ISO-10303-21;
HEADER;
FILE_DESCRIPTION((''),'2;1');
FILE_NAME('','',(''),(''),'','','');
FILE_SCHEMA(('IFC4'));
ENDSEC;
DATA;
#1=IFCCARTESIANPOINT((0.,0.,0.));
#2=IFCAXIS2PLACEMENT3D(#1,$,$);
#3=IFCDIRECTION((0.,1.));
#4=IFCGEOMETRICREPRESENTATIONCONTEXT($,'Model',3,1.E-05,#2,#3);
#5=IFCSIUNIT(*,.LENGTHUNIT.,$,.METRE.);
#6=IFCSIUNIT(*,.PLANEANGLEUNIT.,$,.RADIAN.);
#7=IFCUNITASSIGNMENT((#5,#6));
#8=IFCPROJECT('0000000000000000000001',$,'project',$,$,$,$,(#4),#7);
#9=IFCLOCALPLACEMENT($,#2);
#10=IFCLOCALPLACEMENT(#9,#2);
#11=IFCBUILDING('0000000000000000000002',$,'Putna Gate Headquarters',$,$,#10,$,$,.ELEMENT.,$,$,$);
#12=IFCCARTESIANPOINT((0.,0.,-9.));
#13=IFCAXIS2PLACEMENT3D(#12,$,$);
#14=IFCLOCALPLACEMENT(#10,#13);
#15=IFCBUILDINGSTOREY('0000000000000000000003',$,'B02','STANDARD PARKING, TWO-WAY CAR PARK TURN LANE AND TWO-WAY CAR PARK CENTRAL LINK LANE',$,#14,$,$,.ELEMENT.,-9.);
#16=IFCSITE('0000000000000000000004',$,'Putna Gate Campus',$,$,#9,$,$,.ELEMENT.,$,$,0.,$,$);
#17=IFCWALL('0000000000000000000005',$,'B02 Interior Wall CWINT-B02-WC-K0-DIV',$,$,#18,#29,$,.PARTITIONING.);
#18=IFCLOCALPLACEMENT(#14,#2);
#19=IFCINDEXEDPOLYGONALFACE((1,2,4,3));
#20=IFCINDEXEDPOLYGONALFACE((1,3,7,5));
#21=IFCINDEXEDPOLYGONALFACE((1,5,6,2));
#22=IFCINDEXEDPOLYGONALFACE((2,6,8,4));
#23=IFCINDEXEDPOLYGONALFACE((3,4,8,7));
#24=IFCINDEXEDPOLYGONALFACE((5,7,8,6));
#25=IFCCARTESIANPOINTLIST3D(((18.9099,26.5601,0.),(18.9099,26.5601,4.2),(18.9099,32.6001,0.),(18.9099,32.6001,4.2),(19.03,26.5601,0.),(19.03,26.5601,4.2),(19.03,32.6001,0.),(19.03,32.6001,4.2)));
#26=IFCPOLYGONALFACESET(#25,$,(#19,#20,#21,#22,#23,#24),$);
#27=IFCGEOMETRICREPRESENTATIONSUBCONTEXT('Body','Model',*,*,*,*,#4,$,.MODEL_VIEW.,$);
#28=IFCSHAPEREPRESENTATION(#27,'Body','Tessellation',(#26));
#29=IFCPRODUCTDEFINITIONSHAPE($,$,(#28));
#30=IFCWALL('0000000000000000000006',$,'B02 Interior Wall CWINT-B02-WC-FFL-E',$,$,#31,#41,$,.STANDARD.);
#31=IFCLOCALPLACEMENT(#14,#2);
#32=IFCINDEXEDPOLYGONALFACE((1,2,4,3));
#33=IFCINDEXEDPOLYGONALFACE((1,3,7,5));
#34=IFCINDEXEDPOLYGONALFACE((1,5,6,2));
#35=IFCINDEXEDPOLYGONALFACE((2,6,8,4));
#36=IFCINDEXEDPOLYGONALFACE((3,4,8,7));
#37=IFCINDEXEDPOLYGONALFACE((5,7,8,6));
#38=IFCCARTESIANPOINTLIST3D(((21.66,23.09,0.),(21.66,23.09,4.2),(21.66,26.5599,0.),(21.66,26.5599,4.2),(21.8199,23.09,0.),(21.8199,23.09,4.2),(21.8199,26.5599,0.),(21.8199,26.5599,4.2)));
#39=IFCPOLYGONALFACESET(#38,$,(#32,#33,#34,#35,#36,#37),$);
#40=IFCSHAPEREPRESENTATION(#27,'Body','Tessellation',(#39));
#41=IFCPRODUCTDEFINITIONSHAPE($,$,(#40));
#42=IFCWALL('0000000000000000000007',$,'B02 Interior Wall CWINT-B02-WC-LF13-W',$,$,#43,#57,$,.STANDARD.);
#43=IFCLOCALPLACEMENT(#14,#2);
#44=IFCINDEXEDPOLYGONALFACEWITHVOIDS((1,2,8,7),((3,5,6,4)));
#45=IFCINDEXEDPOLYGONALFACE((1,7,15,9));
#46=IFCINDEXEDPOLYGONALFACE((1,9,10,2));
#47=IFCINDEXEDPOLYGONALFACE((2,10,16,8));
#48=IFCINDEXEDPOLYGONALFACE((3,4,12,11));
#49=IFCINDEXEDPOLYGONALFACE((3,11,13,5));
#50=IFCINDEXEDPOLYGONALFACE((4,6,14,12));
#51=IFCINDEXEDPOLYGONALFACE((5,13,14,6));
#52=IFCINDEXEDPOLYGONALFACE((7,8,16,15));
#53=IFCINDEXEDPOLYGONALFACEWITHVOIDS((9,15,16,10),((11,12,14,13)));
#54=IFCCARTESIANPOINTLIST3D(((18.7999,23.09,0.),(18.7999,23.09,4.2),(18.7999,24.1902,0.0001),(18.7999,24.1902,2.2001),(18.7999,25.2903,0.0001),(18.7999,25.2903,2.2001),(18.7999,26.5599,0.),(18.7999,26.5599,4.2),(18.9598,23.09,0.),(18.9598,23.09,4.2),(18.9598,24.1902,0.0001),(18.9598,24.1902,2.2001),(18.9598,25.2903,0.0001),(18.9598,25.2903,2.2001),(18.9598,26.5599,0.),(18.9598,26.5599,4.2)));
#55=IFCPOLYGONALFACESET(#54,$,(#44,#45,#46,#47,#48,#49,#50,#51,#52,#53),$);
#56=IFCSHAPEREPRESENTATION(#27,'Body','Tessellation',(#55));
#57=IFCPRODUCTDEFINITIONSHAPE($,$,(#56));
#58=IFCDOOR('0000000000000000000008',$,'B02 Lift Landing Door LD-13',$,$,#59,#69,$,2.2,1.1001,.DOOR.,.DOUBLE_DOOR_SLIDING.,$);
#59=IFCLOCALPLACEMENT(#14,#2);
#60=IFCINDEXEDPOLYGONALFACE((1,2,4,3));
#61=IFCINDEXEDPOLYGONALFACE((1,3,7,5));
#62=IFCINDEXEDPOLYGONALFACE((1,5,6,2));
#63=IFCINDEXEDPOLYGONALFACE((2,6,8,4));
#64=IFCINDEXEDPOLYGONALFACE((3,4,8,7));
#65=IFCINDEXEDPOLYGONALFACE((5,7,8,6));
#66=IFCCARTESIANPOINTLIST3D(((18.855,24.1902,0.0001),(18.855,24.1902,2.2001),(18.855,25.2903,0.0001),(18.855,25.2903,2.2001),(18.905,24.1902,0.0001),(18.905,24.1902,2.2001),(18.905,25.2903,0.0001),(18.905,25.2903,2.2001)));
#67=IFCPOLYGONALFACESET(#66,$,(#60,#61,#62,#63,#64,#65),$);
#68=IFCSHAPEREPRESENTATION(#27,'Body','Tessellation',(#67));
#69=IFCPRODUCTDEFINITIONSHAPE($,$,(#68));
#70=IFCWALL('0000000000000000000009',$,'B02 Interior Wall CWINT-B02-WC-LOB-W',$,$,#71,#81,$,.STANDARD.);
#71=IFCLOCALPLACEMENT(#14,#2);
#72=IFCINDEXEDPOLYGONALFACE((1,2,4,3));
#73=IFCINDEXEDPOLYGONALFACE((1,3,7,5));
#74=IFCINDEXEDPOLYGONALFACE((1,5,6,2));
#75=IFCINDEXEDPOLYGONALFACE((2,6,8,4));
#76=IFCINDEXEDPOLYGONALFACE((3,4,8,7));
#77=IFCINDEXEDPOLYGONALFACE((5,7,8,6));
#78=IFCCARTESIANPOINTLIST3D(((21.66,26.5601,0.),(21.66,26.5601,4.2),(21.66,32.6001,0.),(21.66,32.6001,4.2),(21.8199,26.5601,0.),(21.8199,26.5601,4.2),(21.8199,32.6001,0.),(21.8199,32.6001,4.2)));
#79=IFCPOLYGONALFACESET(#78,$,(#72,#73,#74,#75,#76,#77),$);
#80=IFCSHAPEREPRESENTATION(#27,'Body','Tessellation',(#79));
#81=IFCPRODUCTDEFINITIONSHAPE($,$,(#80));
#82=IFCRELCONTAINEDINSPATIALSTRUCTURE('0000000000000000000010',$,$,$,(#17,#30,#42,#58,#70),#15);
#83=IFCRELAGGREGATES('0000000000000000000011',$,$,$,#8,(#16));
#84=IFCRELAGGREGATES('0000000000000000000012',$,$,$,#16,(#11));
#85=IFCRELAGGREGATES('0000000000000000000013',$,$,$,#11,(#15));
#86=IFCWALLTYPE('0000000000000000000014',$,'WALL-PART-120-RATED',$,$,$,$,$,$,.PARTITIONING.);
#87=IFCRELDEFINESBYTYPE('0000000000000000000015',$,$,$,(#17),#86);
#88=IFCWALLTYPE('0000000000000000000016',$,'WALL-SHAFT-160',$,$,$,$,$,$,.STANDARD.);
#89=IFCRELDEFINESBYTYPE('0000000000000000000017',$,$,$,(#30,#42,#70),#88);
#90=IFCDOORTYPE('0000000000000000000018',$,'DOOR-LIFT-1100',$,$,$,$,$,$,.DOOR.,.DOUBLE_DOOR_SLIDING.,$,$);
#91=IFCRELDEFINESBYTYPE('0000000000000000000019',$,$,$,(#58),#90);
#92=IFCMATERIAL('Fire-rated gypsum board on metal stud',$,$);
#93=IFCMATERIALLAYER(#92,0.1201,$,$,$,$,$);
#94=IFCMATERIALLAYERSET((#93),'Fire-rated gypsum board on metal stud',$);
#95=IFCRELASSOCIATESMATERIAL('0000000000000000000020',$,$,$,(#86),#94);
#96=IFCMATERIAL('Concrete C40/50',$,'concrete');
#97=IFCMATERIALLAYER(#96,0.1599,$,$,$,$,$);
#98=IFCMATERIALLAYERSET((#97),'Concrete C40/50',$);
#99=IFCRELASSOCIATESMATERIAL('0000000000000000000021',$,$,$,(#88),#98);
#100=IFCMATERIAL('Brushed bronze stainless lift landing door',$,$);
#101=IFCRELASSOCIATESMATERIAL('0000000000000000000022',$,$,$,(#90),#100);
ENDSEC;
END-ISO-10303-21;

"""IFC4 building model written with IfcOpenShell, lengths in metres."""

from ifc_helpers import new_model, si_unit, direction, frame, frame_2d, origin, place, context, subcontext, project, spatial, rectangle, extrude, material, layer, layer_set, type_object, element, fill, save


model = new_model("IFC4")

# Units and contexts
model_context = context("Model", 3, precision=1e-05, world=origin(), true_north=direction((0.0, 1.0)))
body_context = subcontext(model_context, "Body", "Model", "MODEL_VIEW")
ifc_project = project(units=[si_unit("LENGTHUNIT", "METRE"), si_unit("PLANEANGLEUNIT", "RADIAN")], contexts=[model_context])

# Site, building, storey
site_placement = place(None, origin())
site = spatial("IfcSite", under=ifc_project, at=site_placement, Name="Putna Gate Campus", CompositionType="ELEMENT", RefElevation=0.0)
building_placement = place(site_placement, origin())
building = spatial("IfcBuilding", under=site, at=building_placement, Name="Putna Gate Headquarters", CompositionType="ELEMENT")
storey_placement = place(building_placement, frame((0.0, 0.0, -9.0)))
storey = spatial("IfcBuildingStorey", under=building, at=storey_placement, Name="B02", Description="STANDARD PARKING, TWO-WAY CAR PARK TURN LANE AND TWO-WAY CAR PARK CENTRAL LINK LANE", CompositionType="ELEMENT", Elevation=-9.0)

# Walls
ifc_material_1 = material(Name="Fire-rated gypsum board on metal stud")
ifc_layer_1 = layer(ifc_material_1, 0.1201)
ifc_layer_set_1 = layer_set([ifc_layer_1], Name="Fire-rated gypsum board on metal stud")
wall_type_1 = type_object("IfcWallType", Name="WALL-PART-120-RATED", PredefinedType="PARTITIONING", material=ifc_layer_set_1)
wall_1_placement = place(storey_placement, frame((18.97, 26.5601, 0.0), z_axis=(0.0, 0.0, 1.0), x_axis=(0.0, 1.0, 0.0)))
element("IfcWall", 1, at=wall_1_placement, inside=storey, type_object=wall_type_1, Name="B02 Interior Wall CWINT-B02-WC-K0-DIV", PredefinedType="PARTITIONING", context=body_context, shape_type="SweptSolid", body=[
    extrude(rectangle(XDim=6.04, YDim=0.1201, at=frame_2d((3.02, 0.0))), origin(), (0.0, 0.0, 1.0), 4.2),
])
ifc_material_2 = material(Name="Concrete C40/50", Category="concrete")
ifc_layer_2 = layer(ifc_material_2, 0.1599)
ifc_layer_set_2 = layer_set([ifc_layer_2], Name="Concrete C40/50")
wall_type_2 = type_object("IfcWallType", Name="WALL-SHAFT-160", PredefinedType="STANDARD", material=ifc_layer_set_2)
wall_2_placement = place(storey_placement, frame((21.74, 23.0901, 0.0), z_axis=(0.0, 0.0, 1.0), x_axis=(0.0, 1.0, 0.0)))
element("IfcWall", 2, at=wall_2_placement, inside=storey, type_object=wall_type_2, Name="B02 Interior Wall CWINT-B02-WC-FFL-E", PredefinedType="STANDARD", context=body_context, shape_type="SweptSolid", body=[
    extrude(rectangle(XDim=3.47, YDim=0.1599, at=frame_2d((1.7349, 0.0))), origin(), (0.0, 0.0, 1.0), 4.2),
])

# Wall, opening, door
wall_3_placement = place(storey_placement, frame((18.8799, 23.0901, 0.0), z_axis=(0.0, 0.0, 1.0), x_axis=(0.0, 1.0, 0.0)))
wall_3 = element("IfcWall", 3, at=wall_3_placement, inside=storey, type_object=wall_type_2, Name="B02 Interior Wall CWINT-B02-WC-LF13-W", PredefinedType="STANDARD", context=body_context, shape_type="SweptSolid", body=[
    extrude(rectangle(XDim=3.47, YDim=0.1599, at=frame_2d((1.7349, 0.0))), origin(), (0.0, 0.0, 1.0), 4.2),
])
opening_placement = place(wall_3_placement, frame((1.1001, 0.0, 0.0)))
opening = element("IfcOpeningElement", 4, at=opening_placement, cuts=wall_3, PredefinedType="OPENING", context=body_context, shape_type="SweptSolid", body=[
    extrude(rectangle(XDim=1.1001, YDim=2.2, at=frame_2d((0.55, 1.1001))), frame((0.0, 0.0898, 0.0), z_axis=(0.0, -1.0, 0.0), x_axis=(1.0, 0.0, 0.0)), (0.0, 0.0, 1.0), 0.1799),
])
ifc_material_3 = material(Name="Brushed bronze stainless lift landing door")
door_type = type_object("IfcDoorType", Name="DOOR-LIFT-1100", OperationType="DOUBLE_DOOR_SLIDING", PredefinedType="DOOR", material=ifc_material_3)
door_placement = place(opening_placement, origin())
door = element("IfcDoor", 5, at=door_placement, inside=storey, type_object=door_type, Name="B02 Lift Landing Door LD-13", OperationType="DOUBLE_DOOR_SLIDING", OverallHeight=2.2, OverallWidth=1.1001, PredefinedType="DOOR", context=body_context, shape_type="SweptSolid", body=[
    extrude(rectangle(XDim=1.1001, YDim=2.2, at=frame_2d((0.55, 1.1001))), frame((0.0, 0.0249, 0.0), z_axis=(0.0, -1.0, 0.0), x_axis=(1.0, 0.0, 0.0)), (0.0, 0.0, 1.0), 0.05),
])
fill(opening, door)

# Wall
wall_4_placement = place(storey_placement, frame((21.74, 26.5601, 0.0), z_axis=(0.0, 0.0, 1.0), x_axis=(0.0, 1.0, 0.0)))
element("IfcWall", 6, at=wall_4_placement, inside=storey, type_object=wall_type_2, Name="B02 Interior Wall CWINT-B02-WC-LOB-W", PredefinedType="STANDARD", context=body_context, shape_type="SweptSolid", body=[
    extrude(rectangle(XDim=6.04, YDim=0.1599, at=frame_2d((3.02, 0.0))), origin(), (0.0, 0.0, 1.0), 4.2),
])

save(model, "model.ifc")
